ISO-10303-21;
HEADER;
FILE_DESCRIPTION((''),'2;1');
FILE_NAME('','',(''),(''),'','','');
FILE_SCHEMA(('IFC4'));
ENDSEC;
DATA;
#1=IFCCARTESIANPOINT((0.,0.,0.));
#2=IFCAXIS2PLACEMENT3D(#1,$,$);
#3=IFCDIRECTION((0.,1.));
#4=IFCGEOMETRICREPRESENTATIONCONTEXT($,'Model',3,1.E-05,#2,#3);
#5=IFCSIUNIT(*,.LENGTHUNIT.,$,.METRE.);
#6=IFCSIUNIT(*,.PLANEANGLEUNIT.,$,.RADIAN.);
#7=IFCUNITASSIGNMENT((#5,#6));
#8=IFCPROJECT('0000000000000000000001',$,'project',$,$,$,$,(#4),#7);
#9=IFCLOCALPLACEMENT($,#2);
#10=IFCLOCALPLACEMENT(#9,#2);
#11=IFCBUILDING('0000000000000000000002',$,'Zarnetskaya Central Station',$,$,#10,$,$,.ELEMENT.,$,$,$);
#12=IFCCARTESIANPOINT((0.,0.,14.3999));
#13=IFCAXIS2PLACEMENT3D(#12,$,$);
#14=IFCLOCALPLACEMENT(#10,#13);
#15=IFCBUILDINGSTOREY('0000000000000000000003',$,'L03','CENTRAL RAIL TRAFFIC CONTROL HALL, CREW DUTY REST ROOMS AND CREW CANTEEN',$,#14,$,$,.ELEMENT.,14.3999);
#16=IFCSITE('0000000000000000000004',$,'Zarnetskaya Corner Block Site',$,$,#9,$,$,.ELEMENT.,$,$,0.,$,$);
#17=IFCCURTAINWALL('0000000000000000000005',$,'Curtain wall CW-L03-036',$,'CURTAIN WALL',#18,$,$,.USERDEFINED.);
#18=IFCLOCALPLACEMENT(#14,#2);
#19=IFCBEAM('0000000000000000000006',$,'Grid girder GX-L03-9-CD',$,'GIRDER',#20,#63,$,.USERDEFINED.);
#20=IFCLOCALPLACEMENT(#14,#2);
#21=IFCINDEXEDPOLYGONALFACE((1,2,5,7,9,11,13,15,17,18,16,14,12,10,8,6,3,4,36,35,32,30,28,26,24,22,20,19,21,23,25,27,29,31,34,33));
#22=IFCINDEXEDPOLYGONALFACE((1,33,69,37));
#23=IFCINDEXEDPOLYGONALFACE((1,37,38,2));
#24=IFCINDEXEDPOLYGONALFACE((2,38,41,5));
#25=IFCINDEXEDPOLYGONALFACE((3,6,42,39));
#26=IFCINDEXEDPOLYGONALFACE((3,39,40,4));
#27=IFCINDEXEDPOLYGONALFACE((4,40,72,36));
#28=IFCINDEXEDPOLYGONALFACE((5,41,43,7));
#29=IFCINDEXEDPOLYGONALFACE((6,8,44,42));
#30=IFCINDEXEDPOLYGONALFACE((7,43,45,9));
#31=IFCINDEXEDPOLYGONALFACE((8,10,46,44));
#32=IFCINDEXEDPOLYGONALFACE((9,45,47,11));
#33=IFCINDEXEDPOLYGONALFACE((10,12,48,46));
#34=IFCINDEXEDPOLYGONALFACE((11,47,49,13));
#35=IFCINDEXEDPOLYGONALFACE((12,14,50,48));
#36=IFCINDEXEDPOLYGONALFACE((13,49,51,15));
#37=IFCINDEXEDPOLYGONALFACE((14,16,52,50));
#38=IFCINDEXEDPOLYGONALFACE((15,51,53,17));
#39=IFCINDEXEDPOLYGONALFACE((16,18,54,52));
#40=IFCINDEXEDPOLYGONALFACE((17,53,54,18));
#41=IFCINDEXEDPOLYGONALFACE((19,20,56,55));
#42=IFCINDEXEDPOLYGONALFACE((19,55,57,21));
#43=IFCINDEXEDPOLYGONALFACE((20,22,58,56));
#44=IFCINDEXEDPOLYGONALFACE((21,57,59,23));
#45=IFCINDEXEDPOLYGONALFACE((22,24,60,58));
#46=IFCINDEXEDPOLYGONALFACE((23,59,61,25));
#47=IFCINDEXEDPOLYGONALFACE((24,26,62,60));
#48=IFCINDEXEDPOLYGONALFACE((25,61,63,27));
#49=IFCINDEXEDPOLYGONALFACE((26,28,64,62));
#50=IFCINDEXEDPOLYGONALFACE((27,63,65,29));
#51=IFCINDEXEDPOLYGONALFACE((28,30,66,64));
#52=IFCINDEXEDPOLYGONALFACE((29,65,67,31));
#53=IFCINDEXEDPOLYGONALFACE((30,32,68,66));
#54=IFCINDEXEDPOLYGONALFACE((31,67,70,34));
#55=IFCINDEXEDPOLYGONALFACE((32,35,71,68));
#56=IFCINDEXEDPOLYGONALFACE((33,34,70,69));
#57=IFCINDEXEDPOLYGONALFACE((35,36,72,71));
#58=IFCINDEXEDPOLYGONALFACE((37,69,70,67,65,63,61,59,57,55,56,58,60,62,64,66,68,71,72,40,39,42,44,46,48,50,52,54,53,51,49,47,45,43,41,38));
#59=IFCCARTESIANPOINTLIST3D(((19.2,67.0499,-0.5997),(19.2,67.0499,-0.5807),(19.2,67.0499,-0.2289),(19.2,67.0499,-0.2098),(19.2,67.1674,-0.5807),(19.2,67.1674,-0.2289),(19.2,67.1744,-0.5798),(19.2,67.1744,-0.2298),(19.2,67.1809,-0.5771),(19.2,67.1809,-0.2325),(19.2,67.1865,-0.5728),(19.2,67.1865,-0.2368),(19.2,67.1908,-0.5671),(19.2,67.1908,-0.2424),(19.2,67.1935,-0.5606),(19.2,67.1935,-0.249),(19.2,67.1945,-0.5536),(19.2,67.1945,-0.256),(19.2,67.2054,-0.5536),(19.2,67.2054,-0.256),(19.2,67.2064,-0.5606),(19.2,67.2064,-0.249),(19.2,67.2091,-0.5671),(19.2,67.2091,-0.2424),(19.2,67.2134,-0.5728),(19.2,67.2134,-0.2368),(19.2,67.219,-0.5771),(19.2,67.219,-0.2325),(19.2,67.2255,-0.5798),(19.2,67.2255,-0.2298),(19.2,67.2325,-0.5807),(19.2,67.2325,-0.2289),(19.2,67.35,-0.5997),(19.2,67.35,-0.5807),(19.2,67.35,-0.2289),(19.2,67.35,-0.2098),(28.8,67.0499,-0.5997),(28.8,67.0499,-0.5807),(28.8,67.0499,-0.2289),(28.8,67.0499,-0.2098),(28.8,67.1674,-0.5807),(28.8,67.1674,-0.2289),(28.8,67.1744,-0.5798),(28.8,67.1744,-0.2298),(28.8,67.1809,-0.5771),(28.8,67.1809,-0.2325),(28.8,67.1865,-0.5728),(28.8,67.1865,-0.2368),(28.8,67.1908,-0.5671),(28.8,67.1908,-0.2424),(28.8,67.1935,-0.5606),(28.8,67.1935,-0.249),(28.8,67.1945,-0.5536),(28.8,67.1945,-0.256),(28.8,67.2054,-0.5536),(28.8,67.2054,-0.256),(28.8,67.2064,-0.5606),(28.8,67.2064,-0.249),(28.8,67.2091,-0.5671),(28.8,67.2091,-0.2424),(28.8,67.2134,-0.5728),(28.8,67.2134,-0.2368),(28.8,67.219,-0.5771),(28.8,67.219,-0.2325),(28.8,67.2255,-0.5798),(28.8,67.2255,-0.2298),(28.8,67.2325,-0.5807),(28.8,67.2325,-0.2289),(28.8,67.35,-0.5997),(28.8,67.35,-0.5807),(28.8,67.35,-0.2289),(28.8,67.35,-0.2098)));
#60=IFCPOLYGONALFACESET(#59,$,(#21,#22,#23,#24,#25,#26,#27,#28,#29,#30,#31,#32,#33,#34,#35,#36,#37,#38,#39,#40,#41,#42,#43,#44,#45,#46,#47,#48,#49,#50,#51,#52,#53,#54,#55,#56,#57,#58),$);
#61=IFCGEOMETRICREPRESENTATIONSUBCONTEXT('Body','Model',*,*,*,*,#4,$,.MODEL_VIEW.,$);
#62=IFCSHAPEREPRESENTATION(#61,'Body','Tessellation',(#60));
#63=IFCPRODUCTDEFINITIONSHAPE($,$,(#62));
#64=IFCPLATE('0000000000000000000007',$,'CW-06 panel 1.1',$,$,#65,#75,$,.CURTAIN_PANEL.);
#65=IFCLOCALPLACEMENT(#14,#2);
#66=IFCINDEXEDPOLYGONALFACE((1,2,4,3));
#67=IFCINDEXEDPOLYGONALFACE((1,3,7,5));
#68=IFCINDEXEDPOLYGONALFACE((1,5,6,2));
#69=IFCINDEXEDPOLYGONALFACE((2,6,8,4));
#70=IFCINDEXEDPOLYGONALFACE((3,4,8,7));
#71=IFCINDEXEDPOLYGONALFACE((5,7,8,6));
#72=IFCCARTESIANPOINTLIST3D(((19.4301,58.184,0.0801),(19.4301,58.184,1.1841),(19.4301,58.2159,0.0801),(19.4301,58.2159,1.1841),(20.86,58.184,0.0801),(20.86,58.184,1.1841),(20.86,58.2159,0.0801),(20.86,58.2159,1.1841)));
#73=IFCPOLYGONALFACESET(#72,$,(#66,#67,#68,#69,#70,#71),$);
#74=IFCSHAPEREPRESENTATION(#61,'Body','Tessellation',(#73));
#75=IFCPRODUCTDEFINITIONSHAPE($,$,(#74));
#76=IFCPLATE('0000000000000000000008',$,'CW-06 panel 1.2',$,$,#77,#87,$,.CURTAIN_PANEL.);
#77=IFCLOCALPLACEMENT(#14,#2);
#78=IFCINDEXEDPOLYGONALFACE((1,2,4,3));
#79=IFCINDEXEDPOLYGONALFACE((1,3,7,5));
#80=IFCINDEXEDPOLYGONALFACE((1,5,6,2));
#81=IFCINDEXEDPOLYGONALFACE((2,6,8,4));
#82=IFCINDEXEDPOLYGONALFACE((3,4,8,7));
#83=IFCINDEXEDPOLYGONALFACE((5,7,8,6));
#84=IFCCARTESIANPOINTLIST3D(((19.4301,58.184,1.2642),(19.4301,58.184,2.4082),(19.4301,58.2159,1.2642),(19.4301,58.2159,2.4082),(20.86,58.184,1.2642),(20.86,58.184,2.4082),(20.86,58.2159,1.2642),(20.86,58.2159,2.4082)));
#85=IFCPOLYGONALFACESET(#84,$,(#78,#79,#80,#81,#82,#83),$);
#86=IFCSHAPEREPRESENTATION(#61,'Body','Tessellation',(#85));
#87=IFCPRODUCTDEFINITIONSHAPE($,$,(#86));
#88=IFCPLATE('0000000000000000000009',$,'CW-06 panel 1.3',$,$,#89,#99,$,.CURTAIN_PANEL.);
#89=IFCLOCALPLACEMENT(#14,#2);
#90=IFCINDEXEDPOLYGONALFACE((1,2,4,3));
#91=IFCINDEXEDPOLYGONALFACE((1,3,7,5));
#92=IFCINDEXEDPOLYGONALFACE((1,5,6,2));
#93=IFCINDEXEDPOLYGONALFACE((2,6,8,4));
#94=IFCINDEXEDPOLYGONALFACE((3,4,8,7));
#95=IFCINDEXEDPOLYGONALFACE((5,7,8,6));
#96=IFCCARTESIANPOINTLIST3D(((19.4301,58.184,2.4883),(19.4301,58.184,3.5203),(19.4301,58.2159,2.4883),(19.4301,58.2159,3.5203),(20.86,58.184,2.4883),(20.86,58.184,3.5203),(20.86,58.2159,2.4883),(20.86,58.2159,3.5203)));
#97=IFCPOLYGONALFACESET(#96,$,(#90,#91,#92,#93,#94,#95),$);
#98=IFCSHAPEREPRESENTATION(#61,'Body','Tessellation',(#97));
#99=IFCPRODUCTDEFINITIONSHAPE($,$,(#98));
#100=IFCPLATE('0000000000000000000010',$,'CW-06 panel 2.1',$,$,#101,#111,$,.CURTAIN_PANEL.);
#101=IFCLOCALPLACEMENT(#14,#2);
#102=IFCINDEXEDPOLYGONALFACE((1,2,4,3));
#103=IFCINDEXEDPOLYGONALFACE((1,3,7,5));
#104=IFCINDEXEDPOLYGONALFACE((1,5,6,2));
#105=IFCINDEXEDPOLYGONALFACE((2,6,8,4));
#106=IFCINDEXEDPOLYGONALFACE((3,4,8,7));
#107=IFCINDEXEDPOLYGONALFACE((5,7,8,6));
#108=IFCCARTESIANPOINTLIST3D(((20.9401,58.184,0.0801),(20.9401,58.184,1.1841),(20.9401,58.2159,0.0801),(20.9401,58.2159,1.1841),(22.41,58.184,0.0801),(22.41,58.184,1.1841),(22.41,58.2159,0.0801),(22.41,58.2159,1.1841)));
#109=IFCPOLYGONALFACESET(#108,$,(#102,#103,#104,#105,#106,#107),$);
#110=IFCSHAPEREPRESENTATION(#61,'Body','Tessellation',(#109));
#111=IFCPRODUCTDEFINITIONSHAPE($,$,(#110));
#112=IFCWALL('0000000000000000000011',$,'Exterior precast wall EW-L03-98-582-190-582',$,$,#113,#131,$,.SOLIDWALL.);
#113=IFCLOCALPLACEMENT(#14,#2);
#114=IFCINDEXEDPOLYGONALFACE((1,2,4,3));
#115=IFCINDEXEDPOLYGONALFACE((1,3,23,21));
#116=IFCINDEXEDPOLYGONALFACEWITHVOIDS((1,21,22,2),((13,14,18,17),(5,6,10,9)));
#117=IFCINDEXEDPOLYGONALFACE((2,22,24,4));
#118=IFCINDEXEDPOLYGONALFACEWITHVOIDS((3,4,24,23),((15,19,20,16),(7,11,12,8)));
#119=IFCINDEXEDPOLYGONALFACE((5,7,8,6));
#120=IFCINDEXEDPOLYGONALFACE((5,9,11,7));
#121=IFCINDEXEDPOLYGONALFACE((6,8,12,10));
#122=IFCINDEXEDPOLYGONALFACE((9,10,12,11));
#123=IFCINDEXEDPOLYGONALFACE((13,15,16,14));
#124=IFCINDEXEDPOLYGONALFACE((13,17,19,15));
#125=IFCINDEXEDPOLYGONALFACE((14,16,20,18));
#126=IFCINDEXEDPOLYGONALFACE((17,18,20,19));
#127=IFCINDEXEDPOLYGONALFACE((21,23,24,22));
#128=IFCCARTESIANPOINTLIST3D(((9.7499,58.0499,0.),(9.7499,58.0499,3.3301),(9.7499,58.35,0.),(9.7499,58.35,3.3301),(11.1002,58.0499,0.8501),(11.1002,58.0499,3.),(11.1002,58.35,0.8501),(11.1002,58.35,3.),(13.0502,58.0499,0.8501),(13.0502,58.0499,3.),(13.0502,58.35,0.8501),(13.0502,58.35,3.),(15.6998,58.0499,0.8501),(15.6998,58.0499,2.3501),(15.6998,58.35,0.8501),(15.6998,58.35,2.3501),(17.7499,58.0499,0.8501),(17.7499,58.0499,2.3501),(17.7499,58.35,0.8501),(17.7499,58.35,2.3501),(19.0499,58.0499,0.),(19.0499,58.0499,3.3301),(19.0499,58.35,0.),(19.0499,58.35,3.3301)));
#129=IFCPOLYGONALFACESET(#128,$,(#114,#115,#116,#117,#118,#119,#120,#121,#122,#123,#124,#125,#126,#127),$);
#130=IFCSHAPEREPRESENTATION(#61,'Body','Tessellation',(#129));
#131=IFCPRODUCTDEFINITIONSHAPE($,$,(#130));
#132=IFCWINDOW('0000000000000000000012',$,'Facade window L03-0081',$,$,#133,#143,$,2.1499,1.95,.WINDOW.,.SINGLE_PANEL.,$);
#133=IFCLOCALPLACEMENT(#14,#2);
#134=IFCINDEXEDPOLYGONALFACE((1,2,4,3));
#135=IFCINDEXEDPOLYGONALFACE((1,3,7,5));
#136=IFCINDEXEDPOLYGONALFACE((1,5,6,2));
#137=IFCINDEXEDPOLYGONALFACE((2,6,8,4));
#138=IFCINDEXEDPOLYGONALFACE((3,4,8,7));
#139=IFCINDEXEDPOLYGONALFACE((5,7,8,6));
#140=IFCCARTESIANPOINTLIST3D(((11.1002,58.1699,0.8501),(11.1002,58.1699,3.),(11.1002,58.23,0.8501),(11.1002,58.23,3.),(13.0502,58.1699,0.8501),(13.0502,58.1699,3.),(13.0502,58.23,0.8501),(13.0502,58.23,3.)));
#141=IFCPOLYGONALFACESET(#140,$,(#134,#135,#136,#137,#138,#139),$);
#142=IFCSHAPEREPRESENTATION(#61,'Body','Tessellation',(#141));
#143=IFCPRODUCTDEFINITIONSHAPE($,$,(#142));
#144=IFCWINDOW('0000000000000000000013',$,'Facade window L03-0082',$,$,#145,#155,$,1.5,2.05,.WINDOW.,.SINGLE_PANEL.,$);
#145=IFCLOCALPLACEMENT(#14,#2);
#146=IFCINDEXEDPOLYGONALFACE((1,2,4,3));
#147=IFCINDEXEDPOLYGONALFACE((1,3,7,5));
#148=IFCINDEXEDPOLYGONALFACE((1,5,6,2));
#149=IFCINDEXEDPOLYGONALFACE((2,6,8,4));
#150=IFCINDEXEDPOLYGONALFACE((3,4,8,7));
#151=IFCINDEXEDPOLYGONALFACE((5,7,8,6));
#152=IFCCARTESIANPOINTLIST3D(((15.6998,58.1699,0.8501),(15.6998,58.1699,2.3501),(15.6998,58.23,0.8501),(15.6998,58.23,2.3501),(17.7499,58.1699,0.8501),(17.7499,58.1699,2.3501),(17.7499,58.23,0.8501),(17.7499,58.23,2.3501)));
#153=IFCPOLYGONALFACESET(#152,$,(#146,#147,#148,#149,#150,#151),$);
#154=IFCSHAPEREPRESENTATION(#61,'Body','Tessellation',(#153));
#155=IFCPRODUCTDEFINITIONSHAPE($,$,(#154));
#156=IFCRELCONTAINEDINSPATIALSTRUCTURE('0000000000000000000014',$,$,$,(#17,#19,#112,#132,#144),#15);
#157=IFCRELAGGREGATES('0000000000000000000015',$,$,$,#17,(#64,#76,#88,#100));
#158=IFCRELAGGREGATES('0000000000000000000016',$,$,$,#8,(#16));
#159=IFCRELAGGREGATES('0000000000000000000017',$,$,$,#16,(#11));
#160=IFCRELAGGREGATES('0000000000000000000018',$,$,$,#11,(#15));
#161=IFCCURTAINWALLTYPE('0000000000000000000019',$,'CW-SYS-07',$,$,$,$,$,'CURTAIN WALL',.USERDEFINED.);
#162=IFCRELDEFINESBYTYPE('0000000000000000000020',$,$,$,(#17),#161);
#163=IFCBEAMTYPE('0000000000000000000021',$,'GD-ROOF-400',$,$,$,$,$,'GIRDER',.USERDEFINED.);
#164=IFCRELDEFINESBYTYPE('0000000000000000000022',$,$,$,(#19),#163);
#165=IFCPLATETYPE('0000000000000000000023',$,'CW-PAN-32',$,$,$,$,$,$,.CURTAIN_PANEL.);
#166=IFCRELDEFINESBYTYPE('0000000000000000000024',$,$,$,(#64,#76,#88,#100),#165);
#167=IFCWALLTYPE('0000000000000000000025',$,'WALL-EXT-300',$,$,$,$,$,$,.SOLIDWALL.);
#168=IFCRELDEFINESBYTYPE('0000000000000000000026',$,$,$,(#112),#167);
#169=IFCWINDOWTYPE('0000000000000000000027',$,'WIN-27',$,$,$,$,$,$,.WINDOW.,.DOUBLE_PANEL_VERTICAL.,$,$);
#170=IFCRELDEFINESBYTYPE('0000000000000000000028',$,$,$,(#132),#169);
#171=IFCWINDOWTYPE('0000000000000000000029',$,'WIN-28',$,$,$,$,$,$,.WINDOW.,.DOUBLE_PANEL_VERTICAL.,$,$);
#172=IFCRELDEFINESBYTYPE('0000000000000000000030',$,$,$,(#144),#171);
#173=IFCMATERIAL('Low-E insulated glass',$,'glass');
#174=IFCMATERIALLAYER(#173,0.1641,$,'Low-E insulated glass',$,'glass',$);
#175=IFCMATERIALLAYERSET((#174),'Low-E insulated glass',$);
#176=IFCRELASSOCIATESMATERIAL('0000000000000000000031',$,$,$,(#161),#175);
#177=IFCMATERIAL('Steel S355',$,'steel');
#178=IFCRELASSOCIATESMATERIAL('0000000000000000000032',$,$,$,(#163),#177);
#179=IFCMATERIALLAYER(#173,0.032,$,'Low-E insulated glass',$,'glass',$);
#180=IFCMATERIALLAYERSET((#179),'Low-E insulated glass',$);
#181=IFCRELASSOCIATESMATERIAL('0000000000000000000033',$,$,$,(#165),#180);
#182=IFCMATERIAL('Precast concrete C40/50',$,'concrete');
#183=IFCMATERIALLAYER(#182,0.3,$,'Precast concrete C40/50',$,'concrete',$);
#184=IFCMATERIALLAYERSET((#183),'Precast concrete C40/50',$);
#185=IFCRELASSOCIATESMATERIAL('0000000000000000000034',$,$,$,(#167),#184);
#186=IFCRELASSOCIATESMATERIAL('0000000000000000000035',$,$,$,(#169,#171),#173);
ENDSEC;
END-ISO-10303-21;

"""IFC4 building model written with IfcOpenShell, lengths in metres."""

from ifc_helpers import new_model, si_unit, direction, frame, frame_2d, origin, origin_2d, place, context, subcontext, project, spatial, rectangle, i_section, extrude, material, layer, layer_set, material_profile, profile_set, type_object, element, fill, aggregate, save


model = new_model("IFC4")

# Units and contexts
model_context = context("Model", 3, precision=1e-05, world=origin(), true_north=direction((0.0, 1.0)))
body_context = subcontext(model_context, "Body", "Model", "MODEL_VIEW")
ifc_project = project(units=[si_unit("LENGTHUNIT", "METRE"), si_unit("PLANEANGLEUNIT", "RADIAN")], contexts=[model_context])

# Site, building, storey
site_placement = place(None, origin())
site = spatial("IfcSite", under=ifc_project, at=site_placement, Name="Zarnetskaya Corner Block Site", CompositionType="ELEMENT", RefElevation=0.0)
building_placement = place(site_placement, origin())
building = spatial("IfcBuilding", under=site, at=building_placement, Name="Zarnetskaya Central Station", CompositionType="ELEMENT")
storey_placement = place(building_placement, frame((0.0, 0.0, 14.3999)))
storey = spatial("IfcBuildingStorey", under=building, at=storey_placement, Name="L03", Description="CENTRAL RAIL TRAFFIC CONTROL HALL, CREW DUTY REST ROOMS AND CREW CANTEEN", CompositionType="ELEMENT", Elevation=14.3999)

# Shared definitions
ifc_material_1 = material(Name="Steel S355", Category="steel")

# Curtain wall
ifc_material_2 = material(Name="Low-E insulated glass", Category="glass")
ifc_layer_1 = layer(ifc_material_2, 0.1641, Name="Low-E insulated glass", Category="glass")
ifc_layer_set_1 = layer_set([ifc_layer_1], Name="Low-E insulated glass")
curtain_wall_type = type_object("IfcCurtainWallType", Name="CW-SYS-07", ElementType="CURTAIN WALL", PredefinedType="USERDEFINED", material=ifc_layer_set_1)
curtain_wall_placement = place(storey_placement, origin())
curtain_wall = element("IfcCurtainWall", 1, at=curtain_wall_placement, inside=storey, type_object=curtain_wall_type, Name="Curtain wall CW-L03-036", ObjectType="CURTAIN WALL", PredefinedType="USERDEFINED")

# Beam
ifc_material_profile_1 = material_profile(ifc_material_1, i_section(OverallWidth=0.3, OverallDepth=0.3899, WebThickness=0.011, FlangeThickness=0.019, FilletRadius=0.0271, at=origin_2d()), Name="HEA 400")
ifc_profile_set_1 = profile_set([ifc_material_profile_1], Name="Steel S355")
beam_type_1 = type_object("IfcBeamType", Name="GD-ROOF-400", ElementType="GIRDER", PredefinedType="USERDEFINED", material=ifc_profile_set_1)
beam_1_placement = place(storey_placement, frame((19.2, 67.2, -0.4048), z_axis=(1.0, 0.0, 0.0), x_axis=(0.0, 1.0, 0.0)))
element("IfcBeam", 2, at=beam_1_placement, inside=storey, type_object=beam_type_1, Name="Grid girder GX-L03-9-CD", ObjectType="GIRDER", PredefinedType="USERDEFINED", context=body_context, shape_type="SweptSolid", body=[
    extrude(i_section(OverallWidth=0.3, OverallDepth=0.3899, WebThickness=0.011, FlangeThickness=0.019, FilletRadius=0.0271, at=origin_2d()), origin(), (0.0, 0.0, 1.0), 9.6001),
])

# Plates
ifc_layer_2 = layer(ifc_material_2, 0.032, Name="Low-E insulated glass", Category="glass")
ifc_layer_set_2 = layer_set([ifc_layer_2], Name="Low-E insulated glass")
plate_type = type_object("IfcPlateType", Name="CW-PAN-32", PredefinedType="CURTAIN_PANEL", material=ifc_layer_set_2)
plate_1_placement = place(storey_placement, frame((20.145, 58.2, 0.0801), z_axis=(0.0, 0.0, 1.0), x_axis=(1.0, 0.0, 0.0)))
plate_1 = element("IfcPlate", 3, at=plate_1_placement, type_object=plate_type, Name="CW-06 panel 1.1", PredefinedType="CURTAIN_PANEL", context=body_context, shape_type="SweptSolid", body=[
    extrude(rectangle(XDim=1.4299, YDim=0.032, at=origin_2d()), origin(), (0.0, 0.0, 1.0), 1.104),
])
plate_2_placement = place(storey_placement, frame((20.145, 58.2, 1.2642), z_axis=(0.0, 0.0, 1.0), x_axis=(1.0, 0.0, 0.0)))
plate_2 = element("IfcPlate", 4, at=plate_2_placement, type_object=plate_type, Name="CW-06 panel 1.2", PredefinedType="CURTAIN_PANEL", context=body_context, shape_type="SweptSolid", body=[
    extrude(rectangle(XDim=1.4299, YDim=0.032, at=origin_2d()), origin(), (0.0, 0.0, 1.0), 1.144),
])
plate_3_placement = place(storey_placement, frame((20.145, 58.2, 2.4883), z_axis=(0.0, 0.0, 1.0), x_axis=(1.0, 0.0, 0.0)))
plate_3 = element("IfcPlate", 5, at=plate_3_placement, type_object=plate_type, Name="CW-06 panel 1.3", PredefinedType="CURTAIN_PANEL", context=body_context, shape_type="SweptSolid", body=[
    extrude(rectangle(XDim=1.4299, YDim=0.032, at=origin_2d()), origin(), (0.0, 0.0, 1.0), 1.032),
])
plate_4_placement = place(storey_placement, frame((21.675, 58.2, 0.0801), z_axis=(0.0, 0.0, 1.0), x_axis=(1.0, 0.0, 0.0)))
plate_4 = element("IfcPlate", 6, at=plate_4_placement, type_object=plate_type, Name="CW-06 panel 2.1", PredefinedType="CURTAIN_PANEL", context=body_context, shape_type="SweptSolid", body=[
    extrude(rectangle(XDim=1.47, YDim=0.032, at=origin_2d()), origin(), (0.0, 0.0, 1.0), 1.104),
])
aggregate(curtain_wall, [plate_1, plate_2, plate_3, plate_4])

# Wall, openings, windows
ifc_material_3 = material(Name="Precast concrete C40/50", Category="concrete")
ifc_layer_3 = layer(ifc_material_3, 0.3, Name="Precast concrete C40/50", Category="concrete")
ifc_layer_set_3 = layer_set([ifc_layer_3], Name="Precast concrete C40/50")
wall_type = type_object("IfcWallType", Name="WALL-EXT-300", PredefinedType="SOLIDWALL", material=ifc_layer_set_3)
wall_placement = place(storey_placement, frame((9.75, 58.2, 0.0), z_axis=(0.0, 0.0, 1.0), x_axis=(1.0, 0.0, 0.0)))
wall = element("IfcWall", 7, at=wall_placement, inside=storey, type_object=wall_type, Name="Exterior precast wall EW-L03-98-582-190-582", PredefinedType="SOLIDWALL", context=body_context, shape_type="SweptSolid", body=[
    extrude(rectangle(XDim=9.3, YDim=0.3, at=frame_2d((4.6499, 0.0))), origin(), (0.0, 0.0, 1.0), 3.3301),
])
opening_1_placement = place(wall_placement, frame((1.3501, 0.0, 0.8501)))
opening_1 = element("IfcOpeningElement", 8, at=opening_1_placement, cuts=wall, PredefinedType="OPENING", context=body_context, shape_type="SweptSolid", body=[
    extrude(rectangle(XDim=1.95, YDim=2.1499, at=frame_2d((0.9751, 1.075))), frame((0.0, 0.1602, 0.0), z_axis=(0.0, -1.0, 0.0), x_axis=(1.0, 0.0, 0.0)), (0.0, 0.0, 1.0), 0.3201),
])
opening_2_placement = place(wall_placement, frame((5.95, 0.0, 0.8501)))
opening_2 = element("IfcOpeningElement", 9, at=opening_2_placement, cuts=wall, PredefinedType="OPENING", context=body_context, shape_type="SweptSolid", body=[
    extrude(rectangle(XDim=2.05, YDim=1.5, at=frame_2d((1.0249, 0.75))), frame((0.0, 0.1602, 0.0), z_axis=(0.0, -1.0, 0.0), x_axis=(1.0, 0.0, 0.0)), (0.0, 0.0, 1.0), 0.3201),
])
window_type_1 = type_object("IfcWindowType", Name="WIN-27", PartitioningType="DOUBLE_PANEL_VERTICAL", PredefinedType="WINDOW", material=ifc_material_2)
window_1_placement = place(opening_1_placement, origin())
window_1 = element("IfcWindow", 10, at=window_1_placement, inside=storey, type_object=window_type_1, Name="Facade window L03-0081", OverallHeight=2.1499, OverallWidth=1.95, PartitioningType="SINGLE_PANEL", PredefinedType="WINDOW", context=body_context, shape_type="SweptSolid", body=[
    extrude(rectangle(XDim=1.95, YDim=2.1499, at=frame_2d((0.9751, 1.075))), frame((0.0, 0.03, 0.0), z_axis=(0.0, -1.0, 0.0), x_axis=(1.0, 0.0, 0.0)), (0.0, 0.0, 1.0), 0.0601),
])
fill(opening_1, window_1)
window_type_2 = type_object("IfcWindowType", Name="WIN-28", PartitioningType="DOUBLE_PANEL_VERTICAL", PredefinedType="WINDOW", material=ifc_material_2)
window_2_placement = place(opening_2_placement, origin())
window_2 = element("IfcWindow", 11, at=window_2_placement, inside=storey, type_object=window_type_2, Name="Facade window L03-0082", OverallHeight=1.5, OverallWidth=2.05, PartitioningType="SINGLE_PANEL", PredefinedType="WINDOW", context=body_context, shape_type="SweptSolid", body=[
    extrude(rectangle(XDim=2.05, YDim=1.5, at=frame_2d((1.0249, 0.75))), frame((0.0, 0.03, 0.0), z_axis=(0.0, -1.0, 0.0), x_axis=(1.0, 0.0, 0.0)), (0.0, 0.0, 1.0), 0.0601),
])
fill(opening_2, window_2)

save(model, "model.ifc")
